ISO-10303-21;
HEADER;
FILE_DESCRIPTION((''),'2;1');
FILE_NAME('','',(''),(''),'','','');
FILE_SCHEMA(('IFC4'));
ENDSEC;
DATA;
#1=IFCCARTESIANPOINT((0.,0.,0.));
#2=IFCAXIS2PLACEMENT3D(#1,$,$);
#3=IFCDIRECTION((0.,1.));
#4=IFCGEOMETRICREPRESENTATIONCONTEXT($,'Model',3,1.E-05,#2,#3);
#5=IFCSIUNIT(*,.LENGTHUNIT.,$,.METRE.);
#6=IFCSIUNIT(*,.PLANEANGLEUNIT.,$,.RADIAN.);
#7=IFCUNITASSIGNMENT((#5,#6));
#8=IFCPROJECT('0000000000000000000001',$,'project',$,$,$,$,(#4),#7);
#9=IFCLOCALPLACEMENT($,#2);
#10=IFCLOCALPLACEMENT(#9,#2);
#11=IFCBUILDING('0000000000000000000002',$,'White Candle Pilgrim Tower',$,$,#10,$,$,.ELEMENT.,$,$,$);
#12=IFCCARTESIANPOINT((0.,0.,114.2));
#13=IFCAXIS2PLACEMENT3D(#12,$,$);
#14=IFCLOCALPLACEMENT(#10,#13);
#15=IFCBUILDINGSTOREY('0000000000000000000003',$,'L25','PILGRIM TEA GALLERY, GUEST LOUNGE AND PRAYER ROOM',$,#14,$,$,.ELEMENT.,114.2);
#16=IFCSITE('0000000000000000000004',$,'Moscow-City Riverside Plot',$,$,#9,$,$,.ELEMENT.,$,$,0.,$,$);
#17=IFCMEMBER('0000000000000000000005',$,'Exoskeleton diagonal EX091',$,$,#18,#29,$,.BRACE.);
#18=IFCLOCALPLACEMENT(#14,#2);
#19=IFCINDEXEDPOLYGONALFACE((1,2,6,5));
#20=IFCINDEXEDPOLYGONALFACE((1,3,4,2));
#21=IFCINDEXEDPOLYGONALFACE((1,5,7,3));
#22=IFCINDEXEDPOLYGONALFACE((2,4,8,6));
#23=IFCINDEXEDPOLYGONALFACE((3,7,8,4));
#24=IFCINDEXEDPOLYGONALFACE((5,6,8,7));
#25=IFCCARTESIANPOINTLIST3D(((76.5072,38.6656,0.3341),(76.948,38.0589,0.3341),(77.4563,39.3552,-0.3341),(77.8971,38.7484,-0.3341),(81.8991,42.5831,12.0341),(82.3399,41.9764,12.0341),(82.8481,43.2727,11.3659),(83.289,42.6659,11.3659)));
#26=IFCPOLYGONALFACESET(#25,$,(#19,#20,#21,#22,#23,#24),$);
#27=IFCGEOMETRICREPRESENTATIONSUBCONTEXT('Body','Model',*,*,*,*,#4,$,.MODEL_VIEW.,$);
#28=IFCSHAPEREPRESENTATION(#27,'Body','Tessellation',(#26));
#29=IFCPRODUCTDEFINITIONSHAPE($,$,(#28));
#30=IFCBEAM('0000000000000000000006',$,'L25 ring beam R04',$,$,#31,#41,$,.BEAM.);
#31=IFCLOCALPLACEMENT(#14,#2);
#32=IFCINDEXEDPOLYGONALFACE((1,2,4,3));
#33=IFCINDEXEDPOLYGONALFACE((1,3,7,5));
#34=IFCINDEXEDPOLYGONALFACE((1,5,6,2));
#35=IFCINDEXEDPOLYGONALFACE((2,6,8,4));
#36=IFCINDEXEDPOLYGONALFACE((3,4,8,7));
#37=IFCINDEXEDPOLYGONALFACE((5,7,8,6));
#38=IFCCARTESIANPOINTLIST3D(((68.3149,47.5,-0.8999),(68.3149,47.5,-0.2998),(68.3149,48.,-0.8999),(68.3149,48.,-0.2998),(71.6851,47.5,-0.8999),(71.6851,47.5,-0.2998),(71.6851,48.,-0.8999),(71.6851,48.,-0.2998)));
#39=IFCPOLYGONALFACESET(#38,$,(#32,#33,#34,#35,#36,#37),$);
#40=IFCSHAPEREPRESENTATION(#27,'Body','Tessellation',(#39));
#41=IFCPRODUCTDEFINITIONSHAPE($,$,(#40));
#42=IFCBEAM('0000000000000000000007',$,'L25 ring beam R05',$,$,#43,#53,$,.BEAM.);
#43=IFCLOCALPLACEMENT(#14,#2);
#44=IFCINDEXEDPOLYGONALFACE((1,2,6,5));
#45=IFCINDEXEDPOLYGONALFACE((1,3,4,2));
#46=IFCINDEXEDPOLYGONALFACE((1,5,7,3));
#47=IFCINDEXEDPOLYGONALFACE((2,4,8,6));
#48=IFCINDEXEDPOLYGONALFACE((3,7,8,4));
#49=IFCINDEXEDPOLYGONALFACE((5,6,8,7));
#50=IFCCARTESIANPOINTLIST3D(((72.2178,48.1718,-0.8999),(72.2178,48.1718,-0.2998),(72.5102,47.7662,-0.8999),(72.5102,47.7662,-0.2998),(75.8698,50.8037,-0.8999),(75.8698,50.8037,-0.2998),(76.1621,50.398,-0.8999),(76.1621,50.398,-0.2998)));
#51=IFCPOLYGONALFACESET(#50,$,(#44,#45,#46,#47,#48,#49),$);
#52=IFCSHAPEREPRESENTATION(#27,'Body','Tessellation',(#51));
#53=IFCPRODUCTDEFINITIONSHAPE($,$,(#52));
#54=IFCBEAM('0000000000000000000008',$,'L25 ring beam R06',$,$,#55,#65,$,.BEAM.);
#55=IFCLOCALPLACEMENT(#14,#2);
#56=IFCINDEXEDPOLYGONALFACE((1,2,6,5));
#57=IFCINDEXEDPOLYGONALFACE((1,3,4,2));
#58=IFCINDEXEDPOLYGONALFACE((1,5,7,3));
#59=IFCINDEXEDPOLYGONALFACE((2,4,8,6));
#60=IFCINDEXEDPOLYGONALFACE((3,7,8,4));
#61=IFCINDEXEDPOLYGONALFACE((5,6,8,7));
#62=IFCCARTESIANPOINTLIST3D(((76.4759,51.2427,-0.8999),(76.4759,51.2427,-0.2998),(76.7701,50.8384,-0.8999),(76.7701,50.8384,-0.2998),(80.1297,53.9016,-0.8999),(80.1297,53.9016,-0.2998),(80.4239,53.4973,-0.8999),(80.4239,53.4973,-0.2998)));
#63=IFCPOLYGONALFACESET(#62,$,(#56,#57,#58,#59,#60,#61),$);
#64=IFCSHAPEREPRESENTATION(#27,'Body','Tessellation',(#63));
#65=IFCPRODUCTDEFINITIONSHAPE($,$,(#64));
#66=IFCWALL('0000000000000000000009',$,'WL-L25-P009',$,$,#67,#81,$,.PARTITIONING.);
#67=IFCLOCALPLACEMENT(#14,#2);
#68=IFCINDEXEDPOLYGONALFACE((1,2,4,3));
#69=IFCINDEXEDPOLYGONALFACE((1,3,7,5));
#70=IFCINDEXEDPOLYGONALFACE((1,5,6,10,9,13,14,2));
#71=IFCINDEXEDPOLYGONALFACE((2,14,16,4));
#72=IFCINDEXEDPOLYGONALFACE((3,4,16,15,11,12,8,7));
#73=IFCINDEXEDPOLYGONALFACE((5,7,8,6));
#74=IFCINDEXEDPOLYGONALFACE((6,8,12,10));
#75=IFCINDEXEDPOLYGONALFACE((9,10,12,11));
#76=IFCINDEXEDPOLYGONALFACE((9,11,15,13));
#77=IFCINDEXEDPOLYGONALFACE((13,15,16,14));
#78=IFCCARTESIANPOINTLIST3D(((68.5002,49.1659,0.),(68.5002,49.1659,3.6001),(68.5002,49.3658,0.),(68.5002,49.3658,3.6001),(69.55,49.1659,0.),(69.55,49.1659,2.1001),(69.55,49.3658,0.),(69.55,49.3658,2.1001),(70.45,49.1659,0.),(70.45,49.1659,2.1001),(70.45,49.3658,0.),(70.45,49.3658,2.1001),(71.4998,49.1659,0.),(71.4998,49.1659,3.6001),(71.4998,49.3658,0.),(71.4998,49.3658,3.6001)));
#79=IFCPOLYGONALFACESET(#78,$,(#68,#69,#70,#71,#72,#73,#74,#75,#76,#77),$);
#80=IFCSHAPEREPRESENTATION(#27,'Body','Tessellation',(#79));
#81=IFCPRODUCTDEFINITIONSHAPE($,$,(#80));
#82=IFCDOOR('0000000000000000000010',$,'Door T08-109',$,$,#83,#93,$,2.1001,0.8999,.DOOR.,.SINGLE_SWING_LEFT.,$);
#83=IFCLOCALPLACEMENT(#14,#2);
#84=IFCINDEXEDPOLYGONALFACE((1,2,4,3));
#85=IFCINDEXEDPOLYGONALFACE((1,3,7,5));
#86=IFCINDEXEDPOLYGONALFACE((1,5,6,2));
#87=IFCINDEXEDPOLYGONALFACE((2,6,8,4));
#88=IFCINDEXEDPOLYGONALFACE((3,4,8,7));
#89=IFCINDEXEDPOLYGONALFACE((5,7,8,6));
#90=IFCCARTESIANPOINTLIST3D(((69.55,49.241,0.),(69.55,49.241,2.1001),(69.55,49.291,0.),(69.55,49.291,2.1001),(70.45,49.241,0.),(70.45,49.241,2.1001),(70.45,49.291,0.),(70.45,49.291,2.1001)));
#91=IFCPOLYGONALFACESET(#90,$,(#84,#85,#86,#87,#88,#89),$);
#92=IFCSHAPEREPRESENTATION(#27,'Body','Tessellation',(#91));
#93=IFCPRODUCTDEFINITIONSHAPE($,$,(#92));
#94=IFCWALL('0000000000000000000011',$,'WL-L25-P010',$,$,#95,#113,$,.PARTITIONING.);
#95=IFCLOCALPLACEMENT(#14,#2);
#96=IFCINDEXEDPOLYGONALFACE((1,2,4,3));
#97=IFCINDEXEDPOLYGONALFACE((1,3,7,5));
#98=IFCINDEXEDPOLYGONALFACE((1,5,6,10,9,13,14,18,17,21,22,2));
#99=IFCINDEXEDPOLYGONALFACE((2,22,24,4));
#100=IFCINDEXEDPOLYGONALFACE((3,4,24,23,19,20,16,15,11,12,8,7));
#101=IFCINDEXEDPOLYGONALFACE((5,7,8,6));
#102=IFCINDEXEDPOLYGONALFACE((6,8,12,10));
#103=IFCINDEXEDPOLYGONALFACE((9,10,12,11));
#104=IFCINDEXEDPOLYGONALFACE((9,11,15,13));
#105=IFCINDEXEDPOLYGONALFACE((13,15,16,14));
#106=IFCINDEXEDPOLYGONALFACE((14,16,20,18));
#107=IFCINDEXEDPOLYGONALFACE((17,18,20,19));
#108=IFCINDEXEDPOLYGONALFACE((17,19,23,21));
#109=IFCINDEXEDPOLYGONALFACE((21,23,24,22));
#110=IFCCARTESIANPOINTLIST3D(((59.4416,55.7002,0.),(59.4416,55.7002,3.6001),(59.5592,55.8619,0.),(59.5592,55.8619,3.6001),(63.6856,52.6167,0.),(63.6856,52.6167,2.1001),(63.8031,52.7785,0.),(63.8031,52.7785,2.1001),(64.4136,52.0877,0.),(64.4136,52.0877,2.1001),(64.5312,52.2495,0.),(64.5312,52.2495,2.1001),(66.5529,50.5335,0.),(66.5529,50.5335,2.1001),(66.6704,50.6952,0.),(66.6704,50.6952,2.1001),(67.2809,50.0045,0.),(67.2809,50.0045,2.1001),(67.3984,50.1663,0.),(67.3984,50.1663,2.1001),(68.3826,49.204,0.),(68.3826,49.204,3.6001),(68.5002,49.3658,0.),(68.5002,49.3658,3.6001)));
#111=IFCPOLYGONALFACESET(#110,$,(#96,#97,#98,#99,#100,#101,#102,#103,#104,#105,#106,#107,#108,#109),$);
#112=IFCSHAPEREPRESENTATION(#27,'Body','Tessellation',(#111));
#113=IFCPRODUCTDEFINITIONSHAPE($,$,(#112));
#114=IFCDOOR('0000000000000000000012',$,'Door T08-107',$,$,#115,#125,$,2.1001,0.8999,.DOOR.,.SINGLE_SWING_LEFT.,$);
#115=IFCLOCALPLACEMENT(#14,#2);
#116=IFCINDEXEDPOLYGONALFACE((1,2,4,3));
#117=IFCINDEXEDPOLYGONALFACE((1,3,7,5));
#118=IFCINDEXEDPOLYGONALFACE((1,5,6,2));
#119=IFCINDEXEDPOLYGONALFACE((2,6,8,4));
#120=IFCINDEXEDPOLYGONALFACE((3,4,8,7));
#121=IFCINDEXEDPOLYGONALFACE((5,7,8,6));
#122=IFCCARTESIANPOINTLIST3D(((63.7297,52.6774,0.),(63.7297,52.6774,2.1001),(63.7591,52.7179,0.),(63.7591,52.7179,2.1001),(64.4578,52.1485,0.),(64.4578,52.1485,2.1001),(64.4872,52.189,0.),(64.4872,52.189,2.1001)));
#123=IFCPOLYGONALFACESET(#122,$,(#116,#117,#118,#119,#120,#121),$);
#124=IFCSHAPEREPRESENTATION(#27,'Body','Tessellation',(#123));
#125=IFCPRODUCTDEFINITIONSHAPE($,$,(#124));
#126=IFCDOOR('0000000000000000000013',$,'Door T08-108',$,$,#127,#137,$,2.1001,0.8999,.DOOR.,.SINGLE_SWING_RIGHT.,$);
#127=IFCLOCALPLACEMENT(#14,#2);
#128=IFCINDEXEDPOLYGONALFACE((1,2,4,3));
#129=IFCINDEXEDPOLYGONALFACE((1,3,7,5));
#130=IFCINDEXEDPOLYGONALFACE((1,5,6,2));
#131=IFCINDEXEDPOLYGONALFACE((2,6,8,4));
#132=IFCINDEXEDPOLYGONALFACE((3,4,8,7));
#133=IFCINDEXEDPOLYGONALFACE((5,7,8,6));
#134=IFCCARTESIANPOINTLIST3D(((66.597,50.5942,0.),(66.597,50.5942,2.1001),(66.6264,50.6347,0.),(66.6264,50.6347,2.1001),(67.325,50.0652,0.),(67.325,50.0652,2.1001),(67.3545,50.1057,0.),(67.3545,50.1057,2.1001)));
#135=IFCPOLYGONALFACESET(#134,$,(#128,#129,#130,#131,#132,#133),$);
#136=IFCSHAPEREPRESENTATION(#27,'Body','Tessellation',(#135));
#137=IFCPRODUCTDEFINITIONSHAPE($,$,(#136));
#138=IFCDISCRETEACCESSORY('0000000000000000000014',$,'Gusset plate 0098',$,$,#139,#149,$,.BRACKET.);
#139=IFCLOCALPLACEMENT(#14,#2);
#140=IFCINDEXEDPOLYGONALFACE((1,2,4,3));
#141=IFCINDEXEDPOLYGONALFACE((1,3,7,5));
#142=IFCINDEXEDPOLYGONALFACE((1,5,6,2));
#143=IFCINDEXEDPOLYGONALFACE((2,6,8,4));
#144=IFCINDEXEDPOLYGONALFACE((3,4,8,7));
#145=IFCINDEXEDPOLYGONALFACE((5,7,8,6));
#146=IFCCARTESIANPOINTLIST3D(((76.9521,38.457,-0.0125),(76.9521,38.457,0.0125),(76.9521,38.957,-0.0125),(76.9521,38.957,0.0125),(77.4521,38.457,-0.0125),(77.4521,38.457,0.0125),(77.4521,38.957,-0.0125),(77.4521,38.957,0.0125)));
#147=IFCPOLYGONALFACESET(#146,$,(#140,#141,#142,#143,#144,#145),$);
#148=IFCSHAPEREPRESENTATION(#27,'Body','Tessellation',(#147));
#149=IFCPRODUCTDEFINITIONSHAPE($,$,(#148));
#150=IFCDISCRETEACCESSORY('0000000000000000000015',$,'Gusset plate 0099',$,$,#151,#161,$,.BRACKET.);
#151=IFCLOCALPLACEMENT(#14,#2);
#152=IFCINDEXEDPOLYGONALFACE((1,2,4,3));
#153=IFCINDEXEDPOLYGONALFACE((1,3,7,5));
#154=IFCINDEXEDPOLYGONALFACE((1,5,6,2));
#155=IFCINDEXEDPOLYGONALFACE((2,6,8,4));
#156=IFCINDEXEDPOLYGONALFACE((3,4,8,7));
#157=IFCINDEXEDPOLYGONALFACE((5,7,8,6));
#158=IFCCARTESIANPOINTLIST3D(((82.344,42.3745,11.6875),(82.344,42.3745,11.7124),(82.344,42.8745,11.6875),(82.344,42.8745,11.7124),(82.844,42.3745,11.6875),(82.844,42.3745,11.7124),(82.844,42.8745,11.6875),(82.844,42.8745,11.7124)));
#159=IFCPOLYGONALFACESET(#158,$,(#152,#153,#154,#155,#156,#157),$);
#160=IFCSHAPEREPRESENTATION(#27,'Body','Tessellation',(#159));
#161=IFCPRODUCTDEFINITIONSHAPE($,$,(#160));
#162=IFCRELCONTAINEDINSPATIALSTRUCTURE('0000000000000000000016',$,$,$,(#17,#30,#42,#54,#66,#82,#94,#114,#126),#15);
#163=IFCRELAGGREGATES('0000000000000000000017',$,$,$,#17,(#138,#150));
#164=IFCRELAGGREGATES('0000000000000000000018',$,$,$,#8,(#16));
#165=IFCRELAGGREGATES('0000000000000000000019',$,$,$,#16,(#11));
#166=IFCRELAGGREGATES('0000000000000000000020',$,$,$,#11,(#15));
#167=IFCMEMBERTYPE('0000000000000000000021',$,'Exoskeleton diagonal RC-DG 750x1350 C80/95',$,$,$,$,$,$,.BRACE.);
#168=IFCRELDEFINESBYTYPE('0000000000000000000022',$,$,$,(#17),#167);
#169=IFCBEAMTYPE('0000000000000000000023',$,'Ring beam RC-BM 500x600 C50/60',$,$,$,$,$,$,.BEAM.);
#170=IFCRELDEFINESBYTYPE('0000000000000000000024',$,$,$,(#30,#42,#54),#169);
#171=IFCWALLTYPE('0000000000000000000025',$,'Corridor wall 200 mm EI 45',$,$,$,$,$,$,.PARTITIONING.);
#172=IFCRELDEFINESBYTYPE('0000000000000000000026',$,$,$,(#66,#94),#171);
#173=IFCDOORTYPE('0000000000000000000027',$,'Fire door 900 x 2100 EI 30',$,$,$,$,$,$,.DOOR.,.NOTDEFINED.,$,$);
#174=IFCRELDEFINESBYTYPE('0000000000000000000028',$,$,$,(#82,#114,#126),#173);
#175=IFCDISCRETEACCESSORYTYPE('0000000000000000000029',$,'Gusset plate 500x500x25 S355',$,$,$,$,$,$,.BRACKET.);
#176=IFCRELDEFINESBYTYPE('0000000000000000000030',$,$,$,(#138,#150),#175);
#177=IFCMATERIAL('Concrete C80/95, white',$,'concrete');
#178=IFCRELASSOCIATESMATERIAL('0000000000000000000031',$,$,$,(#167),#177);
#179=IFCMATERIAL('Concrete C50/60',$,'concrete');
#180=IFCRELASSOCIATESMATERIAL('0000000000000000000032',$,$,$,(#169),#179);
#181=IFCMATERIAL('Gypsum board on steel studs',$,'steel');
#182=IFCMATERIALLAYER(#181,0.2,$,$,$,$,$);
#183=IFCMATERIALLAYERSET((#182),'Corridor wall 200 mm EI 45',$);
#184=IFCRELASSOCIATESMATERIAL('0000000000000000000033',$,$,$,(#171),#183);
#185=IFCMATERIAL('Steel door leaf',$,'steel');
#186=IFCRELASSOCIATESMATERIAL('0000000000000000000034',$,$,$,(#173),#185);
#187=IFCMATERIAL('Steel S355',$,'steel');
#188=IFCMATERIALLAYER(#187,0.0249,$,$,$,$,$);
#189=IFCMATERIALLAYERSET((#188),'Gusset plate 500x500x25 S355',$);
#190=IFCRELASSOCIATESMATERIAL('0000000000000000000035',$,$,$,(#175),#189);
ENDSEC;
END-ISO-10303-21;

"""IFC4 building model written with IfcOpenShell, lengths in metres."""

from ifc_helpers import new_model, si_unit, direction, frame, frame_2d, origin, origin_2d, place, context, subcontext, project, spatial, rectangle, extrude, material, layer, layer_set, material_profile, profile_set, type_object, element, fill, aggregate, save


model = new_model("IFC4")

# Units and contexts
model_context = context("Model", 3, precision=1e-05, world=origin(), true_north=direction((0.0, 1.0)))
body_context = subcontext(model_context, "Body", "Model", "MODEL_VIEW")
ifc_project = project(units=[si_unit("LENGTHUNIT", "METRE"), si_unit("PLANEANGLEUNIT", "RADIAN")], contexts=[model_context])

# Site, building, storey
site_placement = place(None, origin())
site = spatial("IfcSite", under=ifc_project, at=site_placement, Name="Moscow-City Riverside Plot", CompositionType="ELEMENT", RefElevation=0.0)
building_placement = place(site_placement, origin())
building = spatial("IfcBuilding", under=site, at=building_placement, Name="White Candle Pilgrim Tower", CompositionType="ELEMENT")
storey_placement = place(building_placement, frame((0.0, 0.0, 114.2)))
storey = spatial("IfcBuildingStorey", under=building, at=storey_placement, Name="L25", Description="PILGRIM TEA GALLERY, GUEST LOUNGE AND PRAYER ROOM", CompositionType="ELEMENT", Elevation=114.2)

# Member
ifc_material_1 = material(Name="Concrete C80/95, white", Category="concrete")
ifc_material_profile_1 = material_profile(ifc_material_1, rectangle(XDim=0.75, YDim=1.3501, at=origin_2d()), Name="RC-DG 750x1350")
ifc_profile_set_1 = profile_set([ifc_material_profile_1], Name="Concrete C80/95, white")
member_type = type_object("IfcMemberType", Name="Exoskeleton diagonal RC-DG 750x1350 C80/95", PredefinedType="BRACE", material=ifc_profile_set_1)
member_placement = place(storey_placement, frame((77.2021, 38.707, 0.0), z_axis=(0.400433, 0.290937, 0.868913), x_axis=(-0.587793, 0.809012, 0.0)))
member = element("IfcMember", 1, at=member_placement, inside=storey, type_object=member_type, Name="Exoskeleton diagonal EX091", PredefinedType="BRACE", context=body_context, shape_type="SweptSolid", body=[
    extrude(rectangle(XDim=0.75, YDim=1.3501, at=origin_2d()), origin(), (0.0, 0.0, 1.0), 13.4651),
])

# Beams
ifc_material_2 = material(Name="Concrete C50/60", Category="concrete")
ifc_material_profile_2 = material_profile(ifc_material_2, rectangle(XDim=0.5, YDim=0.6001, at=origin_2d()), Name="RC-BM 500x600")
ifc_profile_set_2 = profile_set([ifc_material_profile_2], Name="Concrete C50/60")
beam_type = type_object("IfcBeamType", Name="Ring beam RC-BM 500x600 C50/60", PredefinedType="BEAM", material=ifc_profile_set_2)
beam_1_placement = place(storey_placement, frame((68.3149, 47.75, -0.5999), z_axis=(1.0, 0.0, 0.0), x_axis=(0.0, 1.0, 0.0)))
element("IfcBeam", 2, at=beam_1_placement, inside=storey, type_object=beam_type, Name="L25 ring beam R04", PredefinedType="BEAM", context=body_context, shape_type="SweptSolid", body=[
    extrude(rectangle(XDim=0.5, YDim=0.6001, at=origin_2d()), origin(), (0.0, 0.0, 1.0), 3.3701),
])
beam_2_placement = place(storey_placement, frame((72.364, 47.969, -0.5999), z_axis=(0.811271, 0.58467, 0.0), x_axis=(-0.58467, 0.811271, 0.0)))
element("IfcBeam", 3, at=beam_2_placement, inside=storey, type_object=beam_type, Name="L25 ring beam R05", PredefinedType="BEAM", context=body_context, shape_type="SweptSolid", body=[
    extrude(rectangle(XDim=0.5, YDim=0.6001, at=origin_2d()), origin(), (0.0, 0.0, 1.0), 4.5015),
])
beam_3_placement = place(storey_placement, frame((76.623, 51.0405, -0.5999), z_axis=(0.808566, 0.588406, 0.0), x_axis=(-0.588406, 0.808566, 0.0)))
element("IfcBeam", 4, at=beam_3_placement, inside=storey, type_object=beam_type, Name="L25 ring beam R06", PredefinedType="BEAM", context=body_context, shape_type="SweptSolid", body=[
    extrude(rectangle(XDim=0.5, YDim=0.6001, at=origin_2d()), origin(), (0.0, 0.0, 1.0), 4.5188),
])

# Wall, opening, door
ifc_material_3 = material(Name="Gypsum board on steel studs", Category="steel")
ifc_layer_1 = layer(ifc_material_3, 0.2)
ifc_layer_set_1 = layer_set([ifc_layer_1], Name="Corridor wall 200 mm EI 45")
wall_type_1 = type_object("IfcWallType", Name="Corridor wall 200 mm EI 45", PredefinedType="PARTITIONING", material=ifc_layer_set_1)
wall_1_placement = place(storey_placement, frame((71.4998, 49.2659, 0.0), z_axis=(0.0, 0.0, 1.0), x_axis=(-1.0, 0.0, 0.0)))
wall_1 = element("IfcWall", 5, at=wall_1_placement, inside=storey, type_object=wall_type_1, Name="WL-L25-P009", PredefinedType="PARTITIONING", context=body_context, shape_type="SweptSolid", body=[
    extrude(rectangle(XDim=2.9995, YDim=0.2, at=frame_2d((1.4998, 0.0))), origin(), (0.0, 0.0, 1.0), 3.6001),
])
opening_1_placement = place(wall_1_placement, frame((1.0498, 0.0, 0.0)))
opening_1 = element("IfcOpeningElement", 6, at=opening_1_placement, cuts=wall_1, PredefinedType="OPENING", context=body_context, shape_type="SweptSolid", body=[
    extrude(rectangle(XDim=0.8999, YDim=2.1001, at=frame_2d((0.45, 1.05))), frame((0.0, 0.1099, 0.0), z_axis=(0.0, -1.0, 0.0), x_axis=(1.0, 0.0, 0.0)), (0.0, 0.0, 1.0), 0.22),
])
ifc_material_4 = material(Name="Steel door leaf", Category="steel")
door_type_1 = type_object("IfcDoorType", Name="Fire door 900 x 2100 EI 30", OperationType="NOTDEFINED", PredefinedType="DOOR", material=ifc_material_4)
door_1_placement = place(opening_1_placement, origin())
door_1 = element("IfcDoor", 7, at=door_1_placement, inside=storey, type_object=door_type_1, Name="Door T08-109", OperationType="SINGLE_SWING_LEFT", OverallHeight=2.1001, OverallWidth=0.8999, PredefinedType="DOOR", context=body_context, shape_type="SweptSolid", body=[
    extrude(rectangle(XDim=0.8999, YDim=2.1001, at=frame_2d((0.45, 1.05))), frame((0.0, 0.0249, 0.0), z_axis=(0.0, -1.0, 0.0), x_axis=(1.0, 0.0, 0.0)), (0.0, 0.0, 1.0), 0.05),
])
fill(opening_1, door_1)

# Wall, openings, doors
wall_2_placement = place(storey_placement, frame((68.4414, 49.2849, 0.0), z_axis=(0.0, 0.0, 1.0), x_axis=(-0.809011, 0.587793, 0.0)))
wall_2 = element("IfcWall", 8, at=wall_2_placement, inside=storey, type_object=wall_type_1, Name="WL-L25-P010", PredefinedType="PARTITIONING", context=body_context, shape_type="SweptSolid", body=[
    extrude(rectangle(XDim=11.0518, YDim=0.2, at=frame_2d((5.5259, 0.0))), origin(), (0.0, 0.0, 1.0), 3.6001),
])
opening_2_placement = place(wall_2_placement, frame((4.906, 0.0, 0.0)))
opening_2 = element("IfcOpeningElement", 9, at=opening_2_placement, cuts=wall_2, PredefinedType="OPENING", context=body_context, shape_type="SweptSolid", body=[
    extrude(rectangle(XDim=0.8999, YDim=2.1001, at=frame_2d((0.45, 1.05))), frame((0.0, 0.1099, 0.0), z_axis=(0.0, -1.0, 0.0), x_axis=(1.0, 0.0, 0.0)), (0.0, 0.0, 1.0), 0.22),
])
opening_3_placement = place(wall_2_placement, frame((1.3618, 0.0, 0.0)))
opening_3 = element("IfcOpeningElement", 10, at=opening_3_placement, cuts=wall_2, PredefinedType="OPENING", context=body_context, shape_type="SweptSolid", body=[
    extrude(rectangle(XDim=0.8999, YDim=2.1001, at=frame_2d((0.45, 1.05))), frame((0.0, 0.1099, 0.0), z_axis=(0.0, -1.0, 0.0), x_axis=(1.0, 0.0, 0.0)), (0.0, 0.0, 1.0), 0.22),
])
door_2_placement = place(opening_2_placement, origin())
door_2 = element("IfcDoor", 11, at=door_2_placement, inside=storey, type_object=door_type_1, Name="Door T08-107", OperationType="SINGLE_SWING_LEFT", OverallHeight=2.1001, OverallWidth=0.8999, PredefinedType="DOOR", context=body_context, shape_type="SweptSolid", body=[
    extrude(rectangle(XDim=0.8999, YDim=2.1001, at=frame_2d((0.45, 1.05))), frame((0.0, 0.0249, 0.0), z_axis=(0.0, -1.0, 0.0), x_axis=(1.0, 0.0, 0.0)), (0.0, 0.0, 1.0), 0.05),
])
fill(opening_2, door_2)
door_3_placement = place(opening_3_placement, origin())
door_3 = element("IfcDoor", 12, at=door_3_placement, inside=storey, type_object=door_type_1, Name="Door T08-108", OperationType="SINGLE_SWING_RIGHT", OverallHeight=2.1001, OverallWidth=0.8999, PredefinedType="DOOR", context=body_context, shape_type="SweptSolid", body=[
    extrude(rectangle(XDim=0.8999, YDim=2.1001, at=frame_2d((0.45, 1.05))), frame((0.0, 0.0249, 0.0), z_axis=(0.0, -1.0, 0.0), x_axis=(1.0, 0.0, 0.0)), (0.0, 0.0, 1.0), 0.05),
])
fill(opening_3, door_3)

# Discrete accessories
ifc_material_5 = material(Name="Steel S355", Category="steel")
ifc_layer_2 = layer(ifc_material_5, 0.0249)
ifc_layer_set_2 = layer_set([ifc_layer_2], Name="Gusset plate 500x500x25 S355")
discrete_accessory_type = type_object("IfcDiscreteAccessoryType", Name="Gusset plate 500x500x25 S355", PredefinedType="BRACKET", material=ifc_layer_set_2)
discrete_accessory_1_placement = place(storey_placement, frame((77.2021, 38.707, -0.0125), z_axis=(0.0, 0.0, 1.0), x_axis=(1.0, 0.0, 0.0)))
discrete_accessory_1 = element("IfcDiscreteAccessory", 13, at=discrete_accessory_1_placement, type_object=discrete_accessory_type, Name="Gusset plate 0098", PredefinedType="BRACKET", context=body_context, shape_type="SweptSolid", body=[
    extrude(rectangle(XDim=0.5, YDim=0.5, at=origin_2d()), origin(), (0.0, 0.0, 1.0), 0.0249),
])
placement = place(building_placement, frame((0.0, 0.0, 125.8999)))
discrete_accessory_2_placement = place(placement, frame((82.594, 42.6245, -0.0125), z_axis=(0.0, 0.0, 1.0), x_axis=(1.0, 0.0, 0.0)))
discrete_accessory_2 = element("IfcDiscreteAccessory", 14, at=discrete_accessory_2_placement, type_object=discrete_accessory_type, Name="Gusset plate 0099", PredefinedType="BRACKET", context=body_context, shape_type="SweptSolid", body=[
    extrude(rectangle(XDim=0.5, YDim=0.5, at=origin_2d()), origin(), (0.0, 0.0, 1.0), 0.0249),
])
aggregate(member, [discrete_accessory_1, discrete_accessory_2])

save(model, "model.ifc")
